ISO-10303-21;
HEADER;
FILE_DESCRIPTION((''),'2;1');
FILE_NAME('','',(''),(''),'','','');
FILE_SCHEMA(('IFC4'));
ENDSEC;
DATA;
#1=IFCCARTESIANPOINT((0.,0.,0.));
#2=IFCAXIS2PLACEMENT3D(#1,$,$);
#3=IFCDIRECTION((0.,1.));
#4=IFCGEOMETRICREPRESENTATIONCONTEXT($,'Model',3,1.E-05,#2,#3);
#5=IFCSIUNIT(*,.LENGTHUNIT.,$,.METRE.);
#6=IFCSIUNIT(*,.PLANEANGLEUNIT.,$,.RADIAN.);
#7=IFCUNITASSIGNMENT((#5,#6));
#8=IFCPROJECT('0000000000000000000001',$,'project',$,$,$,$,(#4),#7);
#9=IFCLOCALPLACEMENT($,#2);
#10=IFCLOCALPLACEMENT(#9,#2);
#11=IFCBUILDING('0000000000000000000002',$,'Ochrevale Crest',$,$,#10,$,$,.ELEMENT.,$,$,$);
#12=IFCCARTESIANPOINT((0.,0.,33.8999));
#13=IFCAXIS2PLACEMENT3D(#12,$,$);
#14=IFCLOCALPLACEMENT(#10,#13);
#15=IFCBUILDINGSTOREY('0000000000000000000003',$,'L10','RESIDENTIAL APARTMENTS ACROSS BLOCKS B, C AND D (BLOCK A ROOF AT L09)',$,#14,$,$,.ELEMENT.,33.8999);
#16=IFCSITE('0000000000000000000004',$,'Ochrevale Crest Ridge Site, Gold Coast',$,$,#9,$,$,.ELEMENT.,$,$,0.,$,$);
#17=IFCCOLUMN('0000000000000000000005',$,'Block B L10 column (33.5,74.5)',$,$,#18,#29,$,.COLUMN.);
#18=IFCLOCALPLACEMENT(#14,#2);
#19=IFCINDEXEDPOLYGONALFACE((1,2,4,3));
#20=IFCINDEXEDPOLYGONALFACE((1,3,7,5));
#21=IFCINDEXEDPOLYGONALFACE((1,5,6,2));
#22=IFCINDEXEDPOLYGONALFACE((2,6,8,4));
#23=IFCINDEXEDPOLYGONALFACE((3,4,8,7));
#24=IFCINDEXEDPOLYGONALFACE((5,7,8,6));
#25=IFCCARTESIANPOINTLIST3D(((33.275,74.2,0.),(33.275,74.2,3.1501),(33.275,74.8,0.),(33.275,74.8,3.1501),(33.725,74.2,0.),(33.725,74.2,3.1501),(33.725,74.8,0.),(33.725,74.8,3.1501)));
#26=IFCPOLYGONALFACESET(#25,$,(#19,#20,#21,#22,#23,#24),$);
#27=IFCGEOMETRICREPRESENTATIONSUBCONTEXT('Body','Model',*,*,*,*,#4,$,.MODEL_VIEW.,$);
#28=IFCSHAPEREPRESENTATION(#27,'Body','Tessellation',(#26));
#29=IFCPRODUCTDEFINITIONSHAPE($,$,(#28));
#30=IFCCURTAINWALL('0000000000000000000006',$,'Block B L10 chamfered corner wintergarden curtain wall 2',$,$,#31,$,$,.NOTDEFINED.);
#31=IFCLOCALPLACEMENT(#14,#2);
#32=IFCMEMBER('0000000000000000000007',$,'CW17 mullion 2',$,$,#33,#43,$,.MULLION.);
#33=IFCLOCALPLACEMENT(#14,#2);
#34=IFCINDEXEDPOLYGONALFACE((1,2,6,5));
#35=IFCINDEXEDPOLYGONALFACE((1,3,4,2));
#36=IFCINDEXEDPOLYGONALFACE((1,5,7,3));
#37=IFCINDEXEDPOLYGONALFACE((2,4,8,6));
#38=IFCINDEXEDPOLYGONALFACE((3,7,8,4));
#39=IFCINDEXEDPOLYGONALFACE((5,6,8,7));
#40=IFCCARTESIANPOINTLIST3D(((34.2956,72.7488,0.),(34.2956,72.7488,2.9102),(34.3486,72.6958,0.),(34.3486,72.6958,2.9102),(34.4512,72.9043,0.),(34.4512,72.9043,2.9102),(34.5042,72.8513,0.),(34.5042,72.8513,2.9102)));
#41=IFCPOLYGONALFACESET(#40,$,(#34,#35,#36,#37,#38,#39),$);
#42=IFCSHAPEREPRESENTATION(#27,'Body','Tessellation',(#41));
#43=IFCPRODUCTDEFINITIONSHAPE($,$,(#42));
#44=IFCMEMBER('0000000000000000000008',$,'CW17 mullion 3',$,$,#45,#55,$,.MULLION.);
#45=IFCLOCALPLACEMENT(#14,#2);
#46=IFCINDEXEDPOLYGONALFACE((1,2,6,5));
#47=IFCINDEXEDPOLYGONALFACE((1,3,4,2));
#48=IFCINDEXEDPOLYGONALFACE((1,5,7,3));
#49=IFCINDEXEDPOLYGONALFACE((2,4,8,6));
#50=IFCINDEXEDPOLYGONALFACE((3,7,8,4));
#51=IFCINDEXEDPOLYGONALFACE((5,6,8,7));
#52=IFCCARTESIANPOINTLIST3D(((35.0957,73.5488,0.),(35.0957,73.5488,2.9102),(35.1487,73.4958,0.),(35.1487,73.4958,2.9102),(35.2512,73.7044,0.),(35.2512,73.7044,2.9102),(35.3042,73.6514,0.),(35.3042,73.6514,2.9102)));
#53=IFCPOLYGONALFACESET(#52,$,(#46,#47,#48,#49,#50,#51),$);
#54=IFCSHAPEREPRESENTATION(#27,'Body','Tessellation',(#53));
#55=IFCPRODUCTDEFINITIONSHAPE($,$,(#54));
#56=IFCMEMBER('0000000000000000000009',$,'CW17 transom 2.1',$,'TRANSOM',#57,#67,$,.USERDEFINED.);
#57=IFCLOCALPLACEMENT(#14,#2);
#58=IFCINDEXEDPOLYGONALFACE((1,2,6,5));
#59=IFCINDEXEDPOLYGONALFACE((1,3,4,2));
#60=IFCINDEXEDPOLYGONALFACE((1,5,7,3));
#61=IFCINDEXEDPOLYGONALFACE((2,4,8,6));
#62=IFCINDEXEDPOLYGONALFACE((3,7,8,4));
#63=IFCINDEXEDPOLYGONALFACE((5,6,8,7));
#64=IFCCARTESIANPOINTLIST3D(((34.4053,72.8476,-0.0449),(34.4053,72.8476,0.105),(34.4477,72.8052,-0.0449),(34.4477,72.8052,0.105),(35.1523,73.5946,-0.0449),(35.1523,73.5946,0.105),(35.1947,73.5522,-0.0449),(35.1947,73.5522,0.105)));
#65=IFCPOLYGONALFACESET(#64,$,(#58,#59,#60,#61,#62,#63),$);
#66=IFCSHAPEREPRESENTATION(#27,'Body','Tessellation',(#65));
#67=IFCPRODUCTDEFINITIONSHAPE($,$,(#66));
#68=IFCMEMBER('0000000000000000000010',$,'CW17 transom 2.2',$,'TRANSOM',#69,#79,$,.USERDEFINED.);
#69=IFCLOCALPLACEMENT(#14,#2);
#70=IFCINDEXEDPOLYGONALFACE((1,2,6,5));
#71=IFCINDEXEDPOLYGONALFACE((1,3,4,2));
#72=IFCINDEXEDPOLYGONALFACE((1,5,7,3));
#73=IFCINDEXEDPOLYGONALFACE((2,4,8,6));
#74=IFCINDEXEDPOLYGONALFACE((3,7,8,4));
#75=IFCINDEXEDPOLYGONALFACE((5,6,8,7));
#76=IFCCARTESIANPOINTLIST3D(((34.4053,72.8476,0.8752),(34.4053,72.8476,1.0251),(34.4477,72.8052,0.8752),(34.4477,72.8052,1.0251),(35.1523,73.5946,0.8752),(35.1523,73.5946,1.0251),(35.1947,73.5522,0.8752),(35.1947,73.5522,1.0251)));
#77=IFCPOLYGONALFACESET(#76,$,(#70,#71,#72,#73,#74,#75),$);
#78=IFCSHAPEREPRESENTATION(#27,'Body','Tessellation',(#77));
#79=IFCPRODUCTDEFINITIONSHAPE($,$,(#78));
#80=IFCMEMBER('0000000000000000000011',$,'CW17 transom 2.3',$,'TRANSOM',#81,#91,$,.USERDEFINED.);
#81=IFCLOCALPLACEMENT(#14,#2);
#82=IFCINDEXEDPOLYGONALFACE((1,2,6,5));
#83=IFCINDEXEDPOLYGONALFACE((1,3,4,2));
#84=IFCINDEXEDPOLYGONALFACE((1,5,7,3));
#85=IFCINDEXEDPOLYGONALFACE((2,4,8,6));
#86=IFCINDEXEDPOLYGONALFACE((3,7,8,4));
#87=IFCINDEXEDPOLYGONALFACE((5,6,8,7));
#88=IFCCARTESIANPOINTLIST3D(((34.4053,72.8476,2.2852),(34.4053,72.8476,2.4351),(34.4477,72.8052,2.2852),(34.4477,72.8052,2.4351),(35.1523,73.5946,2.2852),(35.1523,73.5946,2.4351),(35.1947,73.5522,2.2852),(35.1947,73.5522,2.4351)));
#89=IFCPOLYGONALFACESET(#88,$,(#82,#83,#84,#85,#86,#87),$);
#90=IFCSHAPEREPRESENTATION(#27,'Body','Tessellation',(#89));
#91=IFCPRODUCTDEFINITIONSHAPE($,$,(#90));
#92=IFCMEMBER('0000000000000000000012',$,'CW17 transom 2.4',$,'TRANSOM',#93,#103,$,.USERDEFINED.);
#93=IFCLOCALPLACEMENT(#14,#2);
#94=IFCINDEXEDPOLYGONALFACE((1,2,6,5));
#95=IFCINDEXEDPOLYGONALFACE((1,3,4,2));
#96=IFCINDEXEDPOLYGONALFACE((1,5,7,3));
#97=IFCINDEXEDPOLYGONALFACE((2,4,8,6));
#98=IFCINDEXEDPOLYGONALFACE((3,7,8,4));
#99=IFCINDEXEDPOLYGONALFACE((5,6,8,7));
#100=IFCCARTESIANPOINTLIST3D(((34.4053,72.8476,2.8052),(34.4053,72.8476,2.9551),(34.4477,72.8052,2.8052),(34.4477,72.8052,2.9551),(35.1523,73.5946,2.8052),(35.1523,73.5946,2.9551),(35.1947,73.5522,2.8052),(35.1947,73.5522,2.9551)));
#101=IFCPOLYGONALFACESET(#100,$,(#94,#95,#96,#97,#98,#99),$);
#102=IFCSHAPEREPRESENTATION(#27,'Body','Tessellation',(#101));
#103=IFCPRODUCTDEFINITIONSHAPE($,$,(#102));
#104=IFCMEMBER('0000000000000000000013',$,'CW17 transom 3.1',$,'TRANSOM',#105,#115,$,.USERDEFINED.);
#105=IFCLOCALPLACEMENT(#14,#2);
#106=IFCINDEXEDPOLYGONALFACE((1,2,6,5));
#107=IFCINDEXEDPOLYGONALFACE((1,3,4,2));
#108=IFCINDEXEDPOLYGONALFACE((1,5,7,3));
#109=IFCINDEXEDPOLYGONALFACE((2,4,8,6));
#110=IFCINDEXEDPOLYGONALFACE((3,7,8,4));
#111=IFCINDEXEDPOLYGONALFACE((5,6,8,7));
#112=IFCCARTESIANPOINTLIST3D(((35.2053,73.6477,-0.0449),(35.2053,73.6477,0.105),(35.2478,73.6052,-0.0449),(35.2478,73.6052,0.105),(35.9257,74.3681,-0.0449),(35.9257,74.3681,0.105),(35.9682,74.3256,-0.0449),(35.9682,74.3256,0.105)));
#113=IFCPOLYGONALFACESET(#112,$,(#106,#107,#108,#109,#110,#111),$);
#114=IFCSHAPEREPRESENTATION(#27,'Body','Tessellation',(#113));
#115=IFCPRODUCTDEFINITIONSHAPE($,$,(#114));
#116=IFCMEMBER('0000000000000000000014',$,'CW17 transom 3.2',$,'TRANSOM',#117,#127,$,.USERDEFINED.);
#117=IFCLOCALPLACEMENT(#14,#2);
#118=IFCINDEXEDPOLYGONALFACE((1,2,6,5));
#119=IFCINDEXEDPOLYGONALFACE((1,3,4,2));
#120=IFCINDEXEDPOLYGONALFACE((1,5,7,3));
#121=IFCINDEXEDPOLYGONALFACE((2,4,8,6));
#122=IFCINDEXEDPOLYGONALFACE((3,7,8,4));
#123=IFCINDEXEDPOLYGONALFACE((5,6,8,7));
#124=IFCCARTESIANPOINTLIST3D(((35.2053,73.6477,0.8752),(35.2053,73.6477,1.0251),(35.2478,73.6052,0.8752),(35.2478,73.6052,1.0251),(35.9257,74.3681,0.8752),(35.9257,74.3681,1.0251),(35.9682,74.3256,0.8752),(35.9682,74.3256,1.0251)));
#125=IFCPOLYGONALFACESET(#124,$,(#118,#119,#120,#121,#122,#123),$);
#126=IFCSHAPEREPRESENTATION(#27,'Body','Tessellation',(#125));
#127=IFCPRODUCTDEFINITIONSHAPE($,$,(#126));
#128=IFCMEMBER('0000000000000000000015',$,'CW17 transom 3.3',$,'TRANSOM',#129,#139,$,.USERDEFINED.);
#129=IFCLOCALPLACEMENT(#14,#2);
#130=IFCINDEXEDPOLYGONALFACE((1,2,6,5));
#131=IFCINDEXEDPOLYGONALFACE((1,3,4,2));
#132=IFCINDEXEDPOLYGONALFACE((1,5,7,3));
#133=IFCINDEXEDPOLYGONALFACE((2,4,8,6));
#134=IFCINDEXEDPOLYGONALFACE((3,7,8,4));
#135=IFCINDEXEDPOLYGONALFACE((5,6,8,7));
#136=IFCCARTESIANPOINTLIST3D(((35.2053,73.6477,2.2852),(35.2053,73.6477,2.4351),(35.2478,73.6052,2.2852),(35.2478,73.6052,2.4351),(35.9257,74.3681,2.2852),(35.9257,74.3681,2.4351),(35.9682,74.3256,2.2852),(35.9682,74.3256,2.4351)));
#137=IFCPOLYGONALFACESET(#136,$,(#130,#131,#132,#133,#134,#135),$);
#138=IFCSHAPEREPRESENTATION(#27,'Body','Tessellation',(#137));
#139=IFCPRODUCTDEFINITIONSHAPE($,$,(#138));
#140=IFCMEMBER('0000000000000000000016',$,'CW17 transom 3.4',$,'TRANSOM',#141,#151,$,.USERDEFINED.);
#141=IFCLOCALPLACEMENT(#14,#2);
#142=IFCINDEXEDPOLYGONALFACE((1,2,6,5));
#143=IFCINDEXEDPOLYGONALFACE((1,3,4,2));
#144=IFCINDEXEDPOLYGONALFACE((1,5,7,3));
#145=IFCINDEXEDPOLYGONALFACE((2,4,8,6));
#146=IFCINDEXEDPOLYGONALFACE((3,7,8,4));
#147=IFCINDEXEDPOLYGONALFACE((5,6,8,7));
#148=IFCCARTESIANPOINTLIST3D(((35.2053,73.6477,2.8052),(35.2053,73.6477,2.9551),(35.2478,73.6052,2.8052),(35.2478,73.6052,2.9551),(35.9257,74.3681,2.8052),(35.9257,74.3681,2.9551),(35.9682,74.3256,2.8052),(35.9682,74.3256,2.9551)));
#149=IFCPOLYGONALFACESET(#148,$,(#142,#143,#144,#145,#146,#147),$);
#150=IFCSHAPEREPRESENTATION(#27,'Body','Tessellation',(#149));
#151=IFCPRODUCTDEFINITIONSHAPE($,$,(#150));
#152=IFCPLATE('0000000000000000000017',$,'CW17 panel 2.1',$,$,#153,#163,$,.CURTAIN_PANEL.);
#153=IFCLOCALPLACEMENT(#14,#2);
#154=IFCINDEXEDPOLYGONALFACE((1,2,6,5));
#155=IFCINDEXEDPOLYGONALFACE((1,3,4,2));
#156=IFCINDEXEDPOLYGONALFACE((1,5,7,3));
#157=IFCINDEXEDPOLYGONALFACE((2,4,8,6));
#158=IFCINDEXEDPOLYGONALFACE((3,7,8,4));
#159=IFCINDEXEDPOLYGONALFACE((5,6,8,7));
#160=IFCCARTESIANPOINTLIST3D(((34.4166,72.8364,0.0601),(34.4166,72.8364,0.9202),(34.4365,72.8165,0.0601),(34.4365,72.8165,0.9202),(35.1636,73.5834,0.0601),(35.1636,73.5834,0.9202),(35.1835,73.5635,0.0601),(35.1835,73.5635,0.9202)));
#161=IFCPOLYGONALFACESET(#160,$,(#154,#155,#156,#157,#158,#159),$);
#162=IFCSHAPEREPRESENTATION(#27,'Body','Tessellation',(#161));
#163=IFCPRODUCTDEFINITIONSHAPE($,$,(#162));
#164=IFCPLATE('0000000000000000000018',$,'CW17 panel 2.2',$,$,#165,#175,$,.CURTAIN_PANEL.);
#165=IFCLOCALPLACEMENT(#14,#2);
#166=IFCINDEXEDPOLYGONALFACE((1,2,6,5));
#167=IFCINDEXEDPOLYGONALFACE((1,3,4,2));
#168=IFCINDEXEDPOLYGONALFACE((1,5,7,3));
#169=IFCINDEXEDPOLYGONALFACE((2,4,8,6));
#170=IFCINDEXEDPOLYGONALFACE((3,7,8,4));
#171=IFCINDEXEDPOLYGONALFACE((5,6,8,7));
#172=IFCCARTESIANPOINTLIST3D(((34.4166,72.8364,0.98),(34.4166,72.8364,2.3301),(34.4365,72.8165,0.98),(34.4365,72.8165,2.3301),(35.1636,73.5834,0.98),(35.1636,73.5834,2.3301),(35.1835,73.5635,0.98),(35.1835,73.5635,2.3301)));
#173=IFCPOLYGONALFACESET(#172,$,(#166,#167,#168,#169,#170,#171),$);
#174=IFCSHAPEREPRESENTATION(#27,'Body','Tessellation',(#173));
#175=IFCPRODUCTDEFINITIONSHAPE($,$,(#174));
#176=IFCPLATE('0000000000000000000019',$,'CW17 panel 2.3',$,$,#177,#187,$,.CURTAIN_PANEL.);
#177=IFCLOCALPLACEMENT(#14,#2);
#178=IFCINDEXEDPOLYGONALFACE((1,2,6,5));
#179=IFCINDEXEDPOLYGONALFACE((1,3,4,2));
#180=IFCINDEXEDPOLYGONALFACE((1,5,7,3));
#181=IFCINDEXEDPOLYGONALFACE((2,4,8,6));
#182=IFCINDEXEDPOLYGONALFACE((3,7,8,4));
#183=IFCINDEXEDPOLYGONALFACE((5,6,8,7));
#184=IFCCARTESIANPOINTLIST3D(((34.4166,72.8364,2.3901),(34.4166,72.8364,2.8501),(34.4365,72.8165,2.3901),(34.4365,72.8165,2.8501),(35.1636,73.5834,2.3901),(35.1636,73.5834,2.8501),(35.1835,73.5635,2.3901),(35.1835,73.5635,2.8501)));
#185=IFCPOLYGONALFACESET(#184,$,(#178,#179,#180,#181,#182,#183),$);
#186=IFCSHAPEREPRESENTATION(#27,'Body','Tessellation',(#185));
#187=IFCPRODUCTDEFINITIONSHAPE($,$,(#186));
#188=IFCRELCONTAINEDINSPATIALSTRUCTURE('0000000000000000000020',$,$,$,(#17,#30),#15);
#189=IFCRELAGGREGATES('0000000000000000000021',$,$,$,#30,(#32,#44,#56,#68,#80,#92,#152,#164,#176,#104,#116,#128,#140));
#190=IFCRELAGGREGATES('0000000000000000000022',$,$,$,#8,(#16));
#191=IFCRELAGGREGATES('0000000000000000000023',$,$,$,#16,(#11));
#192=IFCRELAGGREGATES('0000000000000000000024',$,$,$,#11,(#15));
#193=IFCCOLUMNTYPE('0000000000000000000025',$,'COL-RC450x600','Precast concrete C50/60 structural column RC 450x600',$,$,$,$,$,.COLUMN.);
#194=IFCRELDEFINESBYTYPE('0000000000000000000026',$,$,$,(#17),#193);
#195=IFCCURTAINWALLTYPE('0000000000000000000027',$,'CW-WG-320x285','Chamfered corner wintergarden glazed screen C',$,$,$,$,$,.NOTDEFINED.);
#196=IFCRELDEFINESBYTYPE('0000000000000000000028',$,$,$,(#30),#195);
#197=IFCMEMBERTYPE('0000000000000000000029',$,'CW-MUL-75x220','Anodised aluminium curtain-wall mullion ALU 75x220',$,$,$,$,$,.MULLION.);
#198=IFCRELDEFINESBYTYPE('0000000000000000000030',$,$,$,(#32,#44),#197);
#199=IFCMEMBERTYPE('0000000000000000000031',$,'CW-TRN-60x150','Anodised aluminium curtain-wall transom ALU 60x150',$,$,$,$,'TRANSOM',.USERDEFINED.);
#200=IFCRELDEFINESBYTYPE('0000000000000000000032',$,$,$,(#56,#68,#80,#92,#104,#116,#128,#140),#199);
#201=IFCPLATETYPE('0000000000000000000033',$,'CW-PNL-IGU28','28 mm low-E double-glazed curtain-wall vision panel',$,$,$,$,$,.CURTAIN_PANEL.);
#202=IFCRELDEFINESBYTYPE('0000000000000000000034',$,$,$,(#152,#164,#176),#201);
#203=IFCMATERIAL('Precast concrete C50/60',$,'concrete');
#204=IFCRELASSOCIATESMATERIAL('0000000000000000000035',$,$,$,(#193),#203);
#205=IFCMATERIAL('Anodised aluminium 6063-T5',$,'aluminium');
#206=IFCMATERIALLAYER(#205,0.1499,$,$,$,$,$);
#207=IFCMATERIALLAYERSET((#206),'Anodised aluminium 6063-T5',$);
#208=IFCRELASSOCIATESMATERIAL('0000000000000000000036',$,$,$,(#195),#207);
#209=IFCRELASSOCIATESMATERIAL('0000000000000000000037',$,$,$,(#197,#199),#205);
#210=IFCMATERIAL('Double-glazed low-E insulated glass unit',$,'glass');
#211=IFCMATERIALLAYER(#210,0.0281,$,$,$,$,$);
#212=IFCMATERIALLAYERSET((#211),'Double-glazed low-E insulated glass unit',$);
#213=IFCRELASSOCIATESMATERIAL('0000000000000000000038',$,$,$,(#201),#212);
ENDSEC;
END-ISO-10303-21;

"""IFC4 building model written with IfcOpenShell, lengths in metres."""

from ifc_helpers import new_model, si_unit, direction, frame, origin, origin_2d, place, context, subcontext, project, spatial, rectangle, extrude, material, layer, layer_set, material_profile, profile_set, type_object, element, aggregate, save


model = new_model("IFC4")

# Units and contexts
model_context = context("Model", 3, precision=1e-05, world=origin(), true_north=direction((0.0, 1.0)))
body_context = subcontext(model_context, "Body", "Model", "MODEL_VIEW")
ifc_project = project(units=[si_unit("LENGTHUNIT", "METRE"), si_unit("PLANEANGLEUNIT", "RADIAN")], contexts=[model_context])

# Site, building, storey
site_placement = place(None, origin())
site = spatial("IfcSite", under=ifc_project, at=site_placement, Name="Ochrevale Crest Ridge Site, Gold Coast", CompositionType="ELEMENT", RefElevation=0.0)
building_placement = place(site_placement, origin())
building = spatial("IfcBuilding", under=site, at=building_placement, Name="Ochrevale Crest", CompositionType="ELEMENT")
storey_placement = place(building_placement, frame((0.0, 0.0, 33.8999)))
storey = spatial("IfcBuildingStorey", under=building, at=storey_placement, Name="L10", Description="RESIDENTIAL APARTMENTS ACROSS BLOCKS B, C AND D (BLOCK A ROOF AT L09)", CompositionType="ELEMENT", Elevation=33.8999)

# Column
ifc_material_1 = material(Name="Precast concrete C50/60", Category="concrete")
ifc_material_profile_1 = material_profile(ifc_material_1, rectangle(XDim=0.45, YDim=0.6001, at=origin_2d()), Name="RC 450x600")
ifc_profile_set_1 = profile_set([ifc_material_profile_1], Name="Precast concrete C50/60")
column_type = type_object("IfcColumnType", Name="COL-RC450x600", Description="Precast concrete C50/60 structural column RC 450x600", PredefinedType="COLUMN", material=ifc_profile_set_1)
column_placement = place(storey_placement, frame((33.5, 74.5, 0.0), z_axis=(0.0, 0.0, 1.0), x_axis=(1.0, 0.0, 0.0)))
element("IfcColumn", 1, at=column_placement, inside=storey, type_object=column_type, Name="Block B L10 column (33.5,74.5)", PredefinedType="COLUMN", context=body_context, shape_type="SweptSolid", body=[
    extrude(rectangle(XDim=0.45, YDim=0.6001, at=origin_2d()), origin(), (0.0, 0.0, 1.0), 3.1501),
])

# Curtain wall, members, plates
ifc_material_2 = material(Name="Anodised aluminium 6063-T5", Category="aluminium")
ifc_layer_1 = layer(ifc_material_2, 0.1499)
ifc_layer_set_1 = layer_set([ifc_layer_1], Name="Anodised aluminium 6063-T5")
curtain_wall_type = type_object("IfcCurtainWallType", Name="CW-WG-320x285", Description="Chamfered corner wintergarden glazed screen C", PredefinedType="NOTDEFINED", material=ifc_layer_set_1)
curtain_wall_placement = place(storey_placement, origin())
curtain_wall = element("IfcCurtainWall", 2, at=curtain_wall_placement, inside=storey, type_object=curtain_wall_type, Name="Block B L10 chamfered corner wintergarden curtain wall 2", PredefinedType="NOTDEFINED")
ifc_material_profile_2 = material_profile(ifc_material_2, rectangle(XDim=0.075, YDim=0.22, at=origin_2d()), Name="ALU 75x220")
ifc_profile_set_2 = profile_set([ifc_material_profile_2], Name="Anodised aluminium 6063-T5")
member_type_1 = type_object("IfcMemberType", Name="CW-MUL-75x220", Description="Anodised aluminium curtain-wall mullion ALU 75x220", PredefinedType="MULLION", material=ifc_profile_set_2)
member_1_placement = place(storey_placement, frame((34.3999, 72.8, 0.0), z_axis=(0.0, 0.0, 1.0), x_axis=(-0.707107, 0.707107, 0.0)))
member_1 = element("IfcMember", 3, at=member_1_placement, type_object=member_type_1, Name="CW17 mullion 2", PredefinedType="MULLION", context=body_context, shape_type="SweptSolid", body=[
    extrude(rectangle(XDim=0.075, YDim=0.22, at=origin_2d()), origin(), (0.0, 0.0, 1.0), 2.9102),
])
member_2_placement = place(storey_placement, frame((35.2, 73.6001, 0.0), z_axis=(0.0, 0.0, 1.0), x_axis=(-0.707107, 0.707107, 0.0)))
member_2 = element("IfcMember", 4, at=member_2_placement, type_object=member_type_1, Name="CW17 mullion 3", PredefinedType="MULLION", context=body_context, shape_type="SweptSolid", body=[
    extrude(rectangle(XDim=0.075, YDim=0.22, at=origin_2d()), origin(), (0.0, 0.0, 1.0), 2.9102),
])
ifc_material_profile_3 = material_profile(ifc_material_2, rectangle(XDim=0.0601, YDim=0.1499, at=origin_2d()), Name="ALU 60x150")
ifc_profile_set_3 = profile_set([ifc_material_profile_3], Name="Anodised aluminium 6063-T5")
member_type_2 = type_object("IfcMemberType", Name="CW-TRN-60x150", Description="Anodised aluminium curtain-wall transom ALU 60x150", ElementType="TRANSOM", PredefinedType="USERDEFINED", material=ifc_profile_set_3)
member_3_placement = place(storey_placement, frame((34.4265, 72.8264, 0.03), z_axis=(0.707107, 0.707107, 0.0), x_axis=(-0.707107, 0.707107, 0.0)))
member_3 = element("IfcMember", 5, at=member_3_placement, type_object=member_type_2, Name="CW17 transom 2.1", ObjectType="TRANSOM", PredefinedType="USERDEFINED", context=body_context, shape_type="SweptSolid", body=[
    extrude(rectangle(XDim=0.0601, YDim=0.1499, at=origin_2d()), origin(), (0.0, 0.0, 1.0), 1.0564),
])
member_4_placement = place(storey_placement, frame((34.4265, 72.8264, 0.9502), z_axis=(0.707107, 0.707107, 0.0), x_axis=(-0.707107, 0.707107, 0.0)))
member_4 = element("IfcMember", 6, at=member_4_placement, type_object=member_type_2, Name="CW17 transom 2.2", ObjectType="TRANSOM", PredefinedType="USERDEFINED", context=body_context, shape_type="SweptSolid", body=[
    extrude(rectangle(XDim=0.0601, YDim=0.1499, at=origin_2d()), origin(), (0.0, 0.0, 1.0), 1.0564),
])
member_5_placement = place(storey_placement, frame((34.4265, 72.8264, 2.3601), z_axis=(0.707107, 0.707107, 0.0), x_axis=(-0.707107, 0.707107, 0.0)))
member_5 = element("IfcMember", 7, at=member_5_placement, type_object=member_type_2, Name="CW17 transom 2.3", ObjectType="TRANSOM", PredefinedType="USERDEFINED", context=body_context, shape_type="SweptSolid", body=[
    extrude(rectangle(XDim=0.0601, YDim=0.1499, at=origin_2d()), origin(), (0.0, 0.0, 1.0), 1.0564),
])
member_6_placement = place(storey_placement, frame((34.4265, 72.8264, 2.8801), z_axis=(0.707107, 0.707107, 0.0), x_axis=(-0.707107, 0.707107, 0.0)))
member_6 = element("IfcMember", 8, at=member_6_placement, type_object=member_type_2, Name="CW17 transom 2.4", ObjectType="TRANSOM", PredefinedType="USERDEFINED", context=body_context, shape_type="SweptSolid", body=[
    extrude(rectangle(XDim=0.0601, YDim=0.1499, at=origin_2d()), origin(), (0.0, 0.0, 1.0), 1.0564),
])
member_7_placement = place(storey_placement, frame((35.2266, 73.6265, 0.03), z_axis=(0.707107, 0.707107, 0.0), x_axis=(-0.707107, 0.707107, 0.0)))
member_7 = element("IfcMember", 9, at=member_7_placement, type_object=member_type_2, Name="CW17 transom 3.1", ObjectType="TRANSOM", PredefinedType="USERDEFINED", context=body_context, shape_type="SweptSolid", body=[
    extrude(rectangle(XDim=0.0601, YDim=0.1499, at=origin_2d()), origin(), (0.0, 0.0, 1.0), 1.0188),
])
member_8_placement = place(storey_placement, frame((35.2266, 73.6265, 0.9502), z_axis=(0.707107, 0.707107, 0.0), x_axis=(-0.707107, 0.707107, 0.0)))
member_8 = element("IfcMember", 10, at=member_8_placement, type_object=member_type_2, Name="CW17 transom 3.2", ObjectType="TRANSOM", PredefinedType="USERDEFINED", context=body_context, shape_type="SweptSolid", body=[
    extrude(rectangle(XDim=0.0601, YDim=0.1499, at=origin_2d()), origin(), (0.0, 0.0, 1.0), 1.0188),
])
member_9_placement = place(storey_placement, frame((35.2266, 73.6265, 2.3601), z_axis=(0.707107, 0.707107, 0.0), x_axis=(-0.707107, 0.707107, 0.0)))
member_9 = element("IfcMember", 11, at=member_9_placement, type_object=member_type_2, Name="CW17 transom 3.3", ObjectType="TRANSOM", PredefinedType="USERDEFINED", context=body_context, shape_type="SweptSolid", body=[
    extrude(rectangle(XDim=0.0601, YDim=0.1499, at=origin_2d()), origin(), (0.0, 0.0, 1.0), 1.0188),
])
member_10_placement = place(storey_placement, frame((35.2266, 73.6265, 2.8801), z_axis=(0.707107, 0.707107, 0.0), x_axis=(-0.707107, 0.707107, 0.0)))
member_10 = element("IfcMember", 12, at=member_10_placement, type_object=member_type_2, Name="CW17 transom 3.4", ObjectType="TRANSOM", PredefinedType="USERDEFINED", context=body_context, shape_type="SweptSolid", body=[
    extrude(rectangle(XDim=0.0601, YDim=0.1499, at=origin_2d()), origin(), (0.0, 0.0, 1.0), 1.0188),
])
ifc_material_3 = material(Name="Double-glazed low-E insulated glass unit", Category="glass")
ifc_layer_2 = layer(ifc_material_3, 0.0281)
ifc_layer_set_2 = layer_set([ifc_layer_2], Name="Double-glazed low-E insulated glass unit")
plate_type = type_object("IfcPlateType", Name="CW-PNL-IGU28", Description="28 mm low-E double-glazed curtain-wall vision panel", PredefinedType="CURTAIN_PANEL", material=ifc_layer_set_2)
plate_1_placement = place(storey_placement, frame((34.8, 73.2, 0.0601), z_axis=(0.0, 0.0, 1.0), x_axis=(0.707107, 0.707107, 0.0)))
plate_1 = element("IfcPlate", 13, at=plate_1_placement, type_object=plate_type, Name="CW17 panel 2.1", PredefinedType="CURTAIN_PANEL", context=body_context, shape_type="SweptSolid", body=[
    extrude(rectangle(XDim=1.0564, YDim=0.0281, at=origin_2d()), origin(), (0.0, 0.0, 1.0), 0.8601),
])
plate_2_placement = place(storey_placement, frame((34.8, 73.2, 0.98), z_axis=(0.0, 0.0, 1.0), x_axis=(0.707107, 0.707107, 0.0)))
plate_2 = element("IfcPlate", 14, at=plate_2_placement, type_object=plate_type, Name="CW17 panel 2.2", PredefinedType="CURTAIN_PANEL", context=body_context, shape_type="SweptSolid", body=[
    extrude(rectangle(XDim=1.0564, YDim=0.0281, at=origin_2d()), origin(), (0.0, 0.0, 1.0), 1.3501),
])
plate_3_placement = place(storey_placement, frame((34.8, 73.2, 2.3901), z_axis=(0.0, 0.0, 1.0), x_axis=(0.707107, 0.707107, 0.0)))
plate_3 = element("IfcPlate", 15, at=plate_3_placement, type_object=plate_type, Name="CW17 panel 2.3", PredefinedType="CURTAIN_PANEL", context=body_context, shape_type="SweptSolid", body=[
    extrude(rectangle(XDim=1.0564, YDim=0.0281, at=origin_2d()), origin(), (0.0, 0.0, 1.0), 0.46),
])
aggregate(curtain_wall, [member_1, member_2, member_3, member_4, member_5, member_6, plate_1, plate_2, plate_3, member_7, member_8, member_9, member_10])

save(model, "model.ifc")
